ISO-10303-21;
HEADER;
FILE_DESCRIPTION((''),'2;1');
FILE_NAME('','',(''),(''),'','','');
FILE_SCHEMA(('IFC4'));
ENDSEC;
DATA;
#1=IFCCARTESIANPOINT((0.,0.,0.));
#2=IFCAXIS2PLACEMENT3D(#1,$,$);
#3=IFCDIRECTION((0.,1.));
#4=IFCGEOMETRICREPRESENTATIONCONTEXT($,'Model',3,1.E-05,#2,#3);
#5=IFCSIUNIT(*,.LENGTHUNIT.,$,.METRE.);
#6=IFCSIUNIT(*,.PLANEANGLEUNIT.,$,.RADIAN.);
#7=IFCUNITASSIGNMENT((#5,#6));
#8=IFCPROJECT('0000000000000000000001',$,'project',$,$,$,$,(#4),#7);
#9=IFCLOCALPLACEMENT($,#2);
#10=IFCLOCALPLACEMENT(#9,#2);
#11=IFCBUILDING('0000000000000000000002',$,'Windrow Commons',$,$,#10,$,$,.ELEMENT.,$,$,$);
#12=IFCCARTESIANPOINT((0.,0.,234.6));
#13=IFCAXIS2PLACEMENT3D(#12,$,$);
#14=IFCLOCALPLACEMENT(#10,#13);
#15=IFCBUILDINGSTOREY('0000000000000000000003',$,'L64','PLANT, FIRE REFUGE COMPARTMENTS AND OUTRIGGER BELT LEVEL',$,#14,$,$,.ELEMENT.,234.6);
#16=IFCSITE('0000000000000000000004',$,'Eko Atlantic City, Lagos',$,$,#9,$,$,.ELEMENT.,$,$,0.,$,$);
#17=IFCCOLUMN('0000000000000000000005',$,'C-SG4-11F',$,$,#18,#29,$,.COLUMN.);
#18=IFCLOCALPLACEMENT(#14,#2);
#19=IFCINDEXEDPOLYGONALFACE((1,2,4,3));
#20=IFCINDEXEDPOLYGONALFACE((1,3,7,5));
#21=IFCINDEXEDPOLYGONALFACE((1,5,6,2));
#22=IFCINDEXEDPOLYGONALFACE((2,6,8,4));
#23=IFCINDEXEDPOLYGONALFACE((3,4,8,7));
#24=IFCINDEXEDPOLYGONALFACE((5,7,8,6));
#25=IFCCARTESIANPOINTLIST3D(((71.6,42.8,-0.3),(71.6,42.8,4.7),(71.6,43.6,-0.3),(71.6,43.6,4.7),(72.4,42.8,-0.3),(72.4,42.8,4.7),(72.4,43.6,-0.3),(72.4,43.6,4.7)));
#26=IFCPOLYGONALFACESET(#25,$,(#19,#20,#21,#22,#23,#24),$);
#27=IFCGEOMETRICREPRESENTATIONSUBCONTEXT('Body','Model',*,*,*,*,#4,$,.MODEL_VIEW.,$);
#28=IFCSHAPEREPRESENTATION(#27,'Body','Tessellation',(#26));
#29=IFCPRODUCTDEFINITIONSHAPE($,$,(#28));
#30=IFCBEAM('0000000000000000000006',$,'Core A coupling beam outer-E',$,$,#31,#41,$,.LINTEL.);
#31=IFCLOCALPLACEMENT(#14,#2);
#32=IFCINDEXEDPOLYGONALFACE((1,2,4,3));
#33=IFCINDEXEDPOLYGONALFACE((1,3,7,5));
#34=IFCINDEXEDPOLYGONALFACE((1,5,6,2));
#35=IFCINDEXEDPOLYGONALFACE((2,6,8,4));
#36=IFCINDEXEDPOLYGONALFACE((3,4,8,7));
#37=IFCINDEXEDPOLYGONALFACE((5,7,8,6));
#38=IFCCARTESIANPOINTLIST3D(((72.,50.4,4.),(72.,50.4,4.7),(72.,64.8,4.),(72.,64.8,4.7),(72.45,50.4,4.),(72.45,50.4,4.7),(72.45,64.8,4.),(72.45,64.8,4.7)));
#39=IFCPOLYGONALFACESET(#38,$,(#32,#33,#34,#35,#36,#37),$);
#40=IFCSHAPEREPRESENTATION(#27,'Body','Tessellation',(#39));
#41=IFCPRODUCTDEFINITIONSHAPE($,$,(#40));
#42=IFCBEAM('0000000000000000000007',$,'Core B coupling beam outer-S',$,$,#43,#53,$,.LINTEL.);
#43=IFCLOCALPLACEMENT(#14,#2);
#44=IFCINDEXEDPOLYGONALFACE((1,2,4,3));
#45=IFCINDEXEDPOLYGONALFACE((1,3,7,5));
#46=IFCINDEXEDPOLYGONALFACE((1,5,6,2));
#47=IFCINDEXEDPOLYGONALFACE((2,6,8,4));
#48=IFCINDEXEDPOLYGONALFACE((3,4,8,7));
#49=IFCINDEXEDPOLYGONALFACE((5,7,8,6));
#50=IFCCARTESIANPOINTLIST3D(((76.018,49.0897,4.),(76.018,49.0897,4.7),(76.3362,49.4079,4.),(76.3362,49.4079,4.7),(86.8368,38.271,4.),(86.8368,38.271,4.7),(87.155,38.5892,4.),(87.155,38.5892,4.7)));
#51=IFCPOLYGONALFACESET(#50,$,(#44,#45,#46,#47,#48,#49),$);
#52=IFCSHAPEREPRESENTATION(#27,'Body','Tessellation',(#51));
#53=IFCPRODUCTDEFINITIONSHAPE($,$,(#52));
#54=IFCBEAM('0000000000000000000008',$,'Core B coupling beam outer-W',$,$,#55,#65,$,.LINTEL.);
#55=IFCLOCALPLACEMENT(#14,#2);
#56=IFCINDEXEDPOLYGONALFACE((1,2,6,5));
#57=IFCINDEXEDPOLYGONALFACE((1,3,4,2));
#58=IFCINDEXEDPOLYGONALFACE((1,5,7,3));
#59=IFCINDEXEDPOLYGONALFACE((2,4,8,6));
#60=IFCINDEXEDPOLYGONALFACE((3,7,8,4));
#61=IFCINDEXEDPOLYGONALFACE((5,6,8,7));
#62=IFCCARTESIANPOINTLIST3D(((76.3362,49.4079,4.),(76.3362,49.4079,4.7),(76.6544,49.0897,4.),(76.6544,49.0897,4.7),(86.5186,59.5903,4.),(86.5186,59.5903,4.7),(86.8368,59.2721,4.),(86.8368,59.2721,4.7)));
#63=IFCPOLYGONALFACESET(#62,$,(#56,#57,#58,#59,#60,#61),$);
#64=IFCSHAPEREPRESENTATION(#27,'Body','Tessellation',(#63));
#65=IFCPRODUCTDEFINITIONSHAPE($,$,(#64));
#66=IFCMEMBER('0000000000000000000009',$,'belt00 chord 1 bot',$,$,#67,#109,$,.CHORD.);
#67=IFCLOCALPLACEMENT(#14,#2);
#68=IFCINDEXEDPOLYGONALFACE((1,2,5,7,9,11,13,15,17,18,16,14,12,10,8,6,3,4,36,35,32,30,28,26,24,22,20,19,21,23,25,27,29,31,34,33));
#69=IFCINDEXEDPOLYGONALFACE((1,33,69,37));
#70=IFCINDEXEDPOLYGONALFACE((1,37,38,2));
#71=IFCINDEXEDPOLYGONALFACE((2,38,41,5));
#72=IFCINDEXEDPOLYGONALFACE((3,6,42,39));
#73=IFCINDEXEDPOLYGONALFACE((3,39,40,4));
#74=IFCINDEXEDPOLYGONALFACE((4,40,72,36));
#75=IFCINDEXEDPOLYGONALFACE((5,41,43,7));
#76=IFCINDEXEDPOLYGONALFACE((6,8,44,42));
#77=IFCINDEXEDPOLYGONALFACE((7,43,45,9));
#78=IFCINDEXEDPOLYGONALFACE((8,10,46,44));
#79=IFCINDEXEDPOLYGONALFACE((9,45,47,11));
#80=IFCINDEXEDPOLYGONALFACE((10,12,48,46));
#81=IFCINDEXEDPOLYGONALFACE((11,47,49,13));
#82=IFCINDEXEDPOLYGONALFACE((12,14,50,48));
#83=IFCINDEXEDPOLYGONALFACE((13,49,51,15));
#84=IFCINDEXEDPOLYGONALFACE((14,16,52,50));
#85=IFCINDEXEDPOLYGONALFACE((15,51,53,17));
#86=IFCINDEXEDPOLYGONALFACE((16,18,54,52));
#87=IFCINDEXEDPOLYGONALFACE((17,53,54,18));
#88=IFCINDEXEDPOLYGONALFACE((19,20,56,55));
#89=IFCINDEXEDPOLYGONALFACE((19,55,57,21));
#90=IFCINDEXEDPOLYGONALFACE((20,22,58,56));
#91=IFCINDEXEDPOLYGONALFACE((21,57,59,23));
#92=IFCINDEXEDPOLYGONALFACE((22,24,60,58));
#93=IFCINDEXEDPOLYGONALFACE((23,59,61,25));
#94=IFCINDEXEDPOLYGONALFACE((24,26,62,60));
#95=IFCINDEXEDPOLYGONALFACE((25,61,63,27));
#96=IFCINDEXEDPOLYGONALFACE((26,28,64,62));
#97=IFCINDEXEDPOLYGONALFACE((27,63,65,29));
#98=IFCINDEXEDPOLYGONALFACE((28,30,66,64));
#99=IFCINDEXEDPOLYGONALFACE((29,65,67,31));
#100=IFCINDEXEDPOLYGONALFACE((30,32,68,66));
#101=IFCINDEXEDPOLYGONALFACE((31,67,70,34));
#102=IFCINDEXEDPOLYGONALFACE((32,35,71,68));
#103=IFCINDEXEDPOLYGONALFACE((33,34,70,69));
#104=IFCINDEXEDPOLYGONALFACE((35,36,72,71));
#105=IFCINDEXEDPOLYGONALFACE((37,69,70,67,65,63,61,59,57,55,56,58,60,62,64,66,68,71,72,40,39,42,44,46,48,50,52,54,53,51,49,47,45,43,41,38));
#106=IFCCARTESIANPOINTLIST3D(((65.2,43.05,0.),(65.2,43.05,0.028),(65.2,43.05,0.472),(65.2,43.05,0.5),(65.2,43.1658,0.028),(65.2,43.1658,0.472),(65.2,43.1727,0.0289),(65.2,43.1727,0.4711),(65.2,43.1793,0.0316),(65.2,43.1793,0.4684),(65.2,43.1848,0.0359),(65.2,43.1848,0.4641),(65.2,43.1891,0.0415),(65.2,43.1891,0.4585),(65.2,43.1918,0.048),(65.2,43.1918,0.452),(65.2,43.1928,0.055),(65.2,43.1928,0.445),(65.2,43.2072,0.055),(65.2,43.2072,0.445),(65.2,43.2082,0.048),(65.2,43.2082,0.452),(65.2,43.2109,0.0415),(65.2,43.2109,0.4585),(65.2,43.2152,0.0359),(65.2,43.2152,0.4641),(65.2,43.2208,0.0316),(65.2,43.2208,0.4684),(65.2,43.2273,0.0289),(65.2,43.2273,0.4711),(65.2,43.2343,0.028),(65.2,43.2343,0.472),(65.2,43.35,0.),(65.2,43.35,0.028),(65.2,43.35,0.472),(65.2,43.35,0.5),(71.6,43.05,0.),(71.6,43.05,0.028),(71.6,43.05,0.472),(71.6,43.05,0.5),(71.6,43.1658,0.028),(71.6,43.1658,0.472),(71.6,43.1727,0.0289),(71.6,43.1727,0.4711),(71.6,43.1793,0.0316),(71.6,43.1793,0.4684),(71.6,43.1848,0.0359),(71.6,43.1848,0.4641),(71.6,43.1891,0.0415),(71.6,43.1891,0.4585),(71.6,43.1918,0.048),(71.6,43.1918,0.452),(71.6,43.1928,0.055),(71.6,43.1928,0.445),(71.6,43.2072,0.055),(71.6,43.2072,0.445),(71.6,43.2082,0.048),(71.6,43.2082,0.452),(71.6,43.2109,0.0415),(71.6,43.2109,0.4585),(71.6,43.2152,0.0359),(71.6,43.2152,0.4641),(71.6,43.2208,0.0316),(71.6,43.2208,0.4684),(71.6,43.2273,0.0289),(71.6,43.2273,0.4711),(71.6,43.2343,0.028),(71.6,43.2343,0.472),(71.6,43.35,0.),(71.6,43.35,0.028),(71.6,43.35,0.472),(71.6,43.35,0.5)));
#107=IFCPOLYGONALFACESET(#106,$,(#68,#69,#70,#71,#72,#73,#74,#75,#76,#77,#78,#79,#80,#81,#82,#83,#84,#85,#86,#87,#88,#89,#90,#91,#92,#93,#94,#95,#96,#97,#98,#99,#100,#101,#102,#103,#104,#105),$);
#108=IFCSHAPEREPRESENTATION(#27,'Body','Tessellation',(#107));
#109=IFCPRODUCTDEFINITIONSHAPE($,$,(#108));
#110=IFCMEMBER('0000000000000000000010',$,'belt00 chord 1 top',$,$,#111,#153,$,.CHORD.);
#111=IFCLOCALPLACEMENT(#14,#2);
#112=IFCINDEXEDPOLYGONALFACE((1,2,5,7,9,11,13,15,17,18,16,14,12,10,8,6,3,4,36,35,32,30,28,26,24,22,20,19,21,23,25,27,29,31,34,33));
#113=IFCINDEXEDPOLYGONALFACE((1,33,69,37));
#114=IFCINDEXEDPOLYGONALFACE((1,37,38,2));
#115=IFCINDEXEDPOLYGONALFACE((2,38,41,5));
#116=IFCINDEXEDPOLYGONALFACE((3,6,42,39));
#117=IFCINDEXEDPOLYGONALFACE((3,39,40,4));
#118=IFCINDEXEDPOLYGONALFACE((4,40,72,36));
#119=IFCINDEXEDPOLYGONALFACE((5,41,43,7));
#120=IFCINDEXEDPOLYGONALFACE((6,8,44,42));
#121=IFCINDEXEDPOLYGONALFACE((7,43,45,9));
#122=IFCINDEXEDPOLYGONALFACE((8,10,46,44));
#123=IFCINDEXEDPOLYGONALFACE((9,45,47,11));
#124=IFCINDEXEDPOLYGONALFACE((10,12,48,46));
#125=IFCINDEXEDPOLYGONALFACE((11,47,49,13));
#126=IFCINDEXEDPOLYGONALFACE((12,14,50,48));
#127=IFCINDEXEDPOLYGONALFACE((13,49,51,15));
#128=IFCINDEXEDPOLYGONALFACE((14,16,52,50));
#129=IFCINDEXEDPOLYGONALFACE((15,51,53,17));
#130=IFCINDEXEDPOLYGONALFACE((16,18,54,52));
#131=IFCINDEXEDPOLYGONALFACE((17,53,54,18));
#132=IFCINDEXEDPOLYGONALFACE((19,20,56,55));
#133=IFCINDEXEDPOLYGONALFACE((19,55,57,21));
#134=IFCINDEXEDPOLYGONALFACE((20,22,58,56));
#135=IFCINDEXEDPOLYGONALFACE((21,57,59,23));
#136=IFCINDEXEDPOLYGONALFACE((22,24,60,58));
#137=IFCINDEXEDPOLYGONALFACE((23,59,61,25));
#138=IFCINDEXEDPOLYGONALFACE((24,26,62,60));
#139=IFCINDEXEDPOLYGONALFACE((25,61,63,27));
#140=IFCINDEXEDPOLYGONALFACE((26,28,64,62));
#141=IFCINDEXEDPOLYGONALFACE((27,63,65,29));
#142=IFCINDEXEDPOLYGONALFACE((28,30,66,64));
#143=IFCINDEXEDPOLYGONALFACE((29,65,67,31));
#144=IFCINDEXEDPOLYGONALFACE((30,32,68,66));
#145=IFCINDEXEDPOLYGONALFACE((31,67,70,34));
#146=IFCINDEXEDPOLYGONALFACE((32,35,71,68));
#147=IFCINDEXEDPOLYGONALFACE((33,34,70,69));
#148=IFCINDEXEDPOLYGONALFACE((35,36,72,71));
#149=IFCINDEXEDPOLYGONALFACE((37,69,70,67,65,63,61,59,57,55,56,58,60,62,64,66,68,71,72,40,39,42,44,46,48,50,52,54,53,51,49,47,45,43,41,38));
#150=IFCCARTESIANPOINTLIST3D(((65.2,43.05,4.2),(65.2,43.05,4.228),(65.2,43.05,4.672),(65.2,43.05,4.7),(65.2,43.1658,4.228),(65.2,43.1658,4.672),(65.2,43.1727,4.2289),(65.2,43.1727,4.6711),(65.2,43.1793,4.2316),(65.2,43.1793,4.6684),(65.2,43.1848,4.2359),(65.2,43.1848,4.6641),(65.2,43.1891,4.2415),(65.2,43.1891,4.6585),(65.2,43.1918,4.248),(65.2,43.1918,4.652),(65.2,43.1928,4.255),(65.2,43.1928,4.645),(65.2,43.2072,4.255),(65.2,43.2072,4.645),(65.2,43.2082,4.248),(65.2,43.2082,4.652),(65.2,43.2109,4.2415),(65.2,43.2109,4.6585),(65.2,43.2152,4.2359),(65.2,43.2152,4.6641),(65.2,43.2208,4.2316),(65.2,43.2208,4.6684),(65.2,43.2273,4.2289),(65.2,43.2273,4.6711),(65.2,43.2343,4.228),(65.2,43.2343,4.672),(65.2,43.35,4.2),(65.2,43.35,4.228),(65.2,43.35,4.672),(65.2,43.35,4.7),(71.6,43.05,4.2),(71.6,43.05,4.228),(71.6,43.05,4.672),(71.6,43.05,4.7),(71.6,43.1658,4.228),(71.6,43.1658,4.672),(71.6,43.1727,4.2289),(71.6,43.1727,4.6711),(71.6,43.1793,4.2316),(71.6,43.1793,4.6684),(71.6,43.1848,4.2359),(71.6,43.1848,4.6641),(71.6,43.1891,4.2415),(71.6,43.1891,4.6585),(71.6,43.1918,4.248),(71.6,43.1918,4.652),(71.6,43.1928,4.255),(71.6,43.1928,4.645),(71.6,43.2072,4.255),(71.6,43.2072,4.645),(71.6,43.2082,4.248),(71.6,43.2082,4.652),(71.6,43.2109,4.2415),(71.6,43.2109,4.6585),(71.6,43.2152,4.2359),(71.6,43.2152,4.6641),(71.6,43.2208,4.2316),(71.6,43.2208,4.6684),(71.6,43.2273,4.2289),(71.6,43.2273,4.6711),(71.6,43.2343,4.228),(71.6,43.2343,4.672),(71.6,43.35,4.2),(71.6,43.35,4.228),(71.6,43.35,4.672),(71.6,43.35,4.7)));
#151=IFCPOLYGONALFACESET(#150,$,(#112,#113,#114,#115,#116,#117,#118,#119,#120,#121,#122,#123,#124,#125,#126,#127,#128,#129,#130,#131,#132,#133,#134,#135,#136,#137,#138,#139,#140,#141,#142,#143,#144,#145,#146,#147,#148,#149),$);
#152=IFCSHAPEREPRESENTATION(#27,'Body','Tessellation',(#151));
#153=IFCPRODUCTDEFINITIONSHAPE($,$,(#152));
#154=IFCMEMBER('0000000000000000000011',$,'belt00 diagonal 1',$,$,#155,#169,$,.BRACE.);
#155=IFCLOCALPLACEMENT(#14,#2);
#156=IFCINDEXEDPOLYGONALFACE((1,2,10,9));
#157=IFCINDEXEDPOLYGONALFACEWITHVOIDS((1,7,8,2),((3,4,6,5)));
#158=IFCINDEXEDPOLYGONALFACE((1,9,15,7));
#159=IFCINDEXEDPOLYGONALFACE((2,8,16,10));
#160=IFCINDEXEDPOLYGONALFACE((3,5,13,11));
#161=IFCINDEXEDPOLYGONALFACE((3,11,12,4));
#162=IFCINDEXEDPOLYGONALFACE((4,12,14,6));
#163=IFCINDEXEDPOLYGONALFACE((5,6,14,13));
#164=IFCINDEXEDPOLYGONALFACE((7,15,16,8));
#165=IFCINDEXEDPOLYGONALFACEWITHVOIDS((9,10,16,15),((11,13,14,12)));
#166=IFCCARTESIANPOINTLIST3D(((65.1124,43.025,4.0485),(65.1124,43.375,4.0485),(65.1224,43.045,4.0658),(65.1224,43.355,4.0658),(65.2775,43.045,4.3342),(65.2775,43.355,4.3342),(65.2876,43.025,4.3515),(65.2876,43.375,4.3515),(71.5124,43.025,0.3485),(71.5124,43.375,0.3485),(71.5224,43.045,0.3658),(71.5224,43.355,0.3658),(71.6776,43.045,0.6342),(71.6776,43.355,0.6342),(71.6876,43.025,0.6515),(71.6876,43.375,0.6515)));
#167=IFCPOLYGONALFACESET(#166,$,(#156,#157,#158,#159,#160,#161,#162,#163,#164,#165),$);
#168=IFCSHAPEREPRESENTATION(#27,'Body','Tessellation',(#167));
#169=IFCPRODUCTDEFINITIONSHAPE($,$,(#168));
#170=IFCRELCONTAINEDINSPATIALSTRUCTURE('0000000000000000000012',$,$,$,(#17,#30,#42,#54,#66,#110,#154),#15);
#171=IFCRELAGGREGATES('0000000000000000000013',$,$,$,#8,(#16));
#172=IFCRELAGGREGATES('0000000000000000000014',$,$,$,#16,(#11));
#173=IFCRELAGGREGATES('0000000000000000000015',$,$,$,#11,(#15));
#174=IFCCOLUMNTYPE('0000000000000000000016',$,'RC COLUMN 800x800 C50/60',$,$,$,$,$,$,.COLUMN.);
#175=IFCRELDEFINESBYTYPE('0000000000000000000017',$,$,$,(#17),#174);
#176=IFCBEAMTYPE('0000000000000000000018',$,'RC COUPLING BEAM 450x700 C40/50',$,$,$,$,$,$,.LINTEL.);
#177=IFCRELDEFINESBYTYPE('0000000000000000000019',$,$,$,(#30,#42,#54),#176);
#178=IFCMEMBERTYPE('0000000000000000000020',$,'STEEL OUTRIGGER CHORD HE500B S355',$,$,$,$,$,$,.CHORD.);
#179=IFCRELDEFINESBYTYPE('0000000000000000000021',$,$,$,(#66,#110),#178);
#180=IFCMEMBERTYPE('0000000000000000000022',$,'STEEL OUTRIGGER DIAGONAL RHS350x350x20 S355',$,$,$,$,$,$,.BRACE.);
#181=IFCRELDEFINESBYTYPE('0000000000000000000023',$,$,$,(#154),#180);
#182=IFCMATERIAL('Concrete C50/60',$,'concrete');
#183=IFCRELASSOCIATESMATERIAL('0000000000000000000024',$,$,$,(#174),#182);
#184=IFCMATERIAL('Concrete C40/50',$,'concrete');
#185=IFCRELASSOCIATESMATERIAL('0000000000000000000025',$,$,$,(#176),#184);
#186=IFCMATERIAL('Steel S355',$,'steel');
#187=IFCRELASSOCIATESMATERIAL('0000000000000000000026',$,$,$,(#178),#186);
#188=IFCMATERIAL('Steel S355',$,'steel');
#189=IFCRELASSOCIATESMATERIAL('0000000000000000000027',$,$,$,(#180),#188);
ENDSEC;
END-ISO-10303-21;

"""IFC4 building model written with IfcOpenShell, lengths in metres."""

from ifc_helpers import new_model, si_unit, direction, frame, origin, origin_2d, place, context, subcontext, project, spatial, rectangle, hollow_rectangle, i_section, extrude, material, material_profile, profile_set, type_object, element, save


model = new_model("IFC4")

# Units and contexts
model_context = context("Model", 3, precision=1e-05, world=origin(), true_north=direction((0.0, 1.0)))
body_context = subcontext(model_context, "Body", "Model", "MODEL_VIEW")
ifc_project = project(units=[si_unit("LENGTHUNIT", "METRE"), si_unit("PLANEANGLEUNIT", "RADIAN")], contexts=[model_context])

# Site, building, storey
site_placement = place(None, origin())
site = spatial("IfcSite", under=ifc_project, at=site_placement, Name="Eko Atlantic City, Lagos", CompositionType="ELEMENT", RefElevation=0.0)
building_placement = place(site_placement, origin())
building = spatial("IfcBuilding", under=site, at=building_placement, Name="Windrow Commons", CompositionType="ELEMENT")
storey_placement = place(building_placement, frame((0.0, 0.0, 234.6)))
storey = spatial("IfcBuildingStorey", under=building, at=storey_placement, Name="L64", Description="PLANT, FIRE REFUGE COMPARTMENTS AND OUTRIGGER BELT LEVEL", CompositionType="ELEMENT", Elevation=234.6)

# Column
ifc_material_1 = material(Name="Concrete C50/60", Category="concrete")
ifc_material_profile_1 = material_profile(ifc_material_1, rectangle(XDim=0.8, YDim=0.8, at=origin_2d()))
ifc_profile_set_1 = profile_set([ifc_material_profile_1], Name="Concrete C50/60")
column_type = type_object("IfcColumnType", Name="RC COLUMN 800x800 C50/60", PredefinedType="COLUMN", material=ifc_profile_set_1)
column_placement = place(storey_placement, frame((72.0, 43.2, -0.3), z_axis=(0.0, 0.0, 1.0), x_axis=(1.0, 0.0, 0.0)))
element("IfcColumn", 1, at=column_placement, inside=storey, type_object=column_type, Name="C-SG4-11F", PredefinedType="COLUMN", context=body_context, shape_type="SweptSolid", body=[
    extrude(rectangle(XDim=0.8, YDim=0.8, at=origin_2d()), origin(), (0.0, 0.0, 1.0), 5.0),
])

# Beams
ifc_material_2 = material(Name="Concrete C40/50", Category="concrete")
ifc_material_profile_2 = material_profile(ifc_material_2, rectangle(XDim=0.45, YDim=0.7, at=origin_2d()))
ifc_profile_set_2 = profile_set([ifc_material_profile_2], Name="Concrete C40/50")
beam_type = type_object("IfcBeamType", Name="RC COUPLING BEAM 450x700 C40/50", PredefinedType="LINTEL", material=ifc_profile_set_2)
beam_1_placement = place(storey_placement, frame((72.225, 50.4, 4.35), z_axis=(0.0, 1.0, 0.0), x_axis=(-1.0, 0.0, 0.0)))
element("IfcBeam", 2, at=beam_1_placement, inside=storey, type_object=beam_type, Name="Core A coupling beam outer-E", PredefinedType="LINTEL", context=body_context, shape_type="SweptSolid", body=[
    extrude(rectangle(XDim=0.45, YDim=0.7, at=origin_2d()), origin(), (0.0, 0.0, 1.0), 14.4),
])
beam_2_placement = place(storey_placement, frame((76.1771, 49.2488, 4.35), z_axis=(0.70711, -0.707104, 0.0), x_axis=(0.707104, 0.70711, 0.0)))
element("IfcBeam", 3, at=beam_2_placement, inside=storey, type_object=beam_type, Name="Core B coupling beam outer-S", PredefinedType="LINTEL", context=body_context, shape_type="SweptSolid", body=[
    extrude(rectangle(XDim=0.45, YDim=0.7, at=origin_2d()), origin(), (0.0, 0.0, 1.0), 15.3),
])
beam_3_placement = place(storey_placement, frame((76.4953, 49.2488, 4.35), z_axis=(0.707107, 0.707107, 0.0), x_axis=(-0.707107, 0.707107, 0.0)))
element("IfcBeam", 4, at=beam_3_placement, inside=storey, type_object=beam_type, Name="Core B coupling beam outer-W", PredefinedType="LINTEL", context=body_context, shape_type="SweptSolid", body=[
    extrude(rectangle(XDim=0.45, YDim=0.7, at=origin_2d()), origin(), (0.0, 0.0, 1.0), 14.4001),
])

# Members
ifc_material_3 = material(Name="Steel S355", Category="steel")
ifc_material_profile_3 = material_profile(ifc_material_3, i_section(OverallWidth=0.3, OverallDepth=0.5, WebThickness=0.0145, FlangeThickness=0.028, FilletRadius=0.027, at=origin_2d()))
ifc_profile_set_3 = profile_set([ifc_material_profile_3], Name="Steel S355")
member_type_1 = type_object("IfcMemberType", Name="STEEL OUTRIGGER CHORD HE500B S355", PredefinedType="CHORD", material=ifc_profile_set_3)
for number, where, z_axis, x_axis, name in (
    (5, (71.6, 43.2, 0.25), (-1.0, 0.0, 0.0), (0.0, -1.0, 0.0), "belt00 chord 1 bot"),
    (6, (71.6, 43.2, 4.45), (-1.0, 0.0, 0.0), (0.0, -1.0, 0.0), "belt00 chord 1 top"),
):
    element("IfcMember", number, at=place(storey_placement, frame(where, z_axis=z_axis, x_axis=x_axis)), inside=storey, type_object=member_type_1, Name=name, PredefinedType="CHORD", context=body_context, shape_type="SweptSolid", body=[
        extrude(i_section(OverallWidth=0.3, OverallDepth=0.5, WebThickness=0.0145, FlangeThickness=0.028, FilletRadius=0.027, at=origin_2d()), origin(), (0.0, 0.0, 1.0), 6.4),
    ])
ifc_material_4 = material(Name="Steel S355", Category="steel")
ifc_material_profile_4 = material_profile(ifc_material_4, hollow_rectangle(XDim=0.35, YDim=0.35, WallThickness=0.02, at=origin_2d()))
ifc_profile_set_4 = profile_set([ifc_material_profile_4], Name="Steel S355")
member_type_2 = type_object("IfcMemberType", Name="STEEL OUTRIGGER DIAGONAL RHS350x350x20 S355", PredefinedType="BRACE", material=ifc_profile_set_4)
member_placement = place(storey_placement, frame((71.6, 43.2, 0.5), z_axis=(-0.865735, 0.0, 0.500503), x_axis=(0.0, -1.0, 0.0)))
element("IfcMember", 7, at=member_placement, inside=storey, type_object=member_type_2, Name="belt00 diagonal 1", PredefinedType="BRACE", context=body_context, shape_type="SweptSolid", body=[
    extrude(hollow_rectangle(XDim=0.35, YDim=0.35, WallThickness=0.02, at=origin_2d()), origin(), (0.0, 0.0, 1.0), 7.3926),
])

save(model, "model.ifc")
